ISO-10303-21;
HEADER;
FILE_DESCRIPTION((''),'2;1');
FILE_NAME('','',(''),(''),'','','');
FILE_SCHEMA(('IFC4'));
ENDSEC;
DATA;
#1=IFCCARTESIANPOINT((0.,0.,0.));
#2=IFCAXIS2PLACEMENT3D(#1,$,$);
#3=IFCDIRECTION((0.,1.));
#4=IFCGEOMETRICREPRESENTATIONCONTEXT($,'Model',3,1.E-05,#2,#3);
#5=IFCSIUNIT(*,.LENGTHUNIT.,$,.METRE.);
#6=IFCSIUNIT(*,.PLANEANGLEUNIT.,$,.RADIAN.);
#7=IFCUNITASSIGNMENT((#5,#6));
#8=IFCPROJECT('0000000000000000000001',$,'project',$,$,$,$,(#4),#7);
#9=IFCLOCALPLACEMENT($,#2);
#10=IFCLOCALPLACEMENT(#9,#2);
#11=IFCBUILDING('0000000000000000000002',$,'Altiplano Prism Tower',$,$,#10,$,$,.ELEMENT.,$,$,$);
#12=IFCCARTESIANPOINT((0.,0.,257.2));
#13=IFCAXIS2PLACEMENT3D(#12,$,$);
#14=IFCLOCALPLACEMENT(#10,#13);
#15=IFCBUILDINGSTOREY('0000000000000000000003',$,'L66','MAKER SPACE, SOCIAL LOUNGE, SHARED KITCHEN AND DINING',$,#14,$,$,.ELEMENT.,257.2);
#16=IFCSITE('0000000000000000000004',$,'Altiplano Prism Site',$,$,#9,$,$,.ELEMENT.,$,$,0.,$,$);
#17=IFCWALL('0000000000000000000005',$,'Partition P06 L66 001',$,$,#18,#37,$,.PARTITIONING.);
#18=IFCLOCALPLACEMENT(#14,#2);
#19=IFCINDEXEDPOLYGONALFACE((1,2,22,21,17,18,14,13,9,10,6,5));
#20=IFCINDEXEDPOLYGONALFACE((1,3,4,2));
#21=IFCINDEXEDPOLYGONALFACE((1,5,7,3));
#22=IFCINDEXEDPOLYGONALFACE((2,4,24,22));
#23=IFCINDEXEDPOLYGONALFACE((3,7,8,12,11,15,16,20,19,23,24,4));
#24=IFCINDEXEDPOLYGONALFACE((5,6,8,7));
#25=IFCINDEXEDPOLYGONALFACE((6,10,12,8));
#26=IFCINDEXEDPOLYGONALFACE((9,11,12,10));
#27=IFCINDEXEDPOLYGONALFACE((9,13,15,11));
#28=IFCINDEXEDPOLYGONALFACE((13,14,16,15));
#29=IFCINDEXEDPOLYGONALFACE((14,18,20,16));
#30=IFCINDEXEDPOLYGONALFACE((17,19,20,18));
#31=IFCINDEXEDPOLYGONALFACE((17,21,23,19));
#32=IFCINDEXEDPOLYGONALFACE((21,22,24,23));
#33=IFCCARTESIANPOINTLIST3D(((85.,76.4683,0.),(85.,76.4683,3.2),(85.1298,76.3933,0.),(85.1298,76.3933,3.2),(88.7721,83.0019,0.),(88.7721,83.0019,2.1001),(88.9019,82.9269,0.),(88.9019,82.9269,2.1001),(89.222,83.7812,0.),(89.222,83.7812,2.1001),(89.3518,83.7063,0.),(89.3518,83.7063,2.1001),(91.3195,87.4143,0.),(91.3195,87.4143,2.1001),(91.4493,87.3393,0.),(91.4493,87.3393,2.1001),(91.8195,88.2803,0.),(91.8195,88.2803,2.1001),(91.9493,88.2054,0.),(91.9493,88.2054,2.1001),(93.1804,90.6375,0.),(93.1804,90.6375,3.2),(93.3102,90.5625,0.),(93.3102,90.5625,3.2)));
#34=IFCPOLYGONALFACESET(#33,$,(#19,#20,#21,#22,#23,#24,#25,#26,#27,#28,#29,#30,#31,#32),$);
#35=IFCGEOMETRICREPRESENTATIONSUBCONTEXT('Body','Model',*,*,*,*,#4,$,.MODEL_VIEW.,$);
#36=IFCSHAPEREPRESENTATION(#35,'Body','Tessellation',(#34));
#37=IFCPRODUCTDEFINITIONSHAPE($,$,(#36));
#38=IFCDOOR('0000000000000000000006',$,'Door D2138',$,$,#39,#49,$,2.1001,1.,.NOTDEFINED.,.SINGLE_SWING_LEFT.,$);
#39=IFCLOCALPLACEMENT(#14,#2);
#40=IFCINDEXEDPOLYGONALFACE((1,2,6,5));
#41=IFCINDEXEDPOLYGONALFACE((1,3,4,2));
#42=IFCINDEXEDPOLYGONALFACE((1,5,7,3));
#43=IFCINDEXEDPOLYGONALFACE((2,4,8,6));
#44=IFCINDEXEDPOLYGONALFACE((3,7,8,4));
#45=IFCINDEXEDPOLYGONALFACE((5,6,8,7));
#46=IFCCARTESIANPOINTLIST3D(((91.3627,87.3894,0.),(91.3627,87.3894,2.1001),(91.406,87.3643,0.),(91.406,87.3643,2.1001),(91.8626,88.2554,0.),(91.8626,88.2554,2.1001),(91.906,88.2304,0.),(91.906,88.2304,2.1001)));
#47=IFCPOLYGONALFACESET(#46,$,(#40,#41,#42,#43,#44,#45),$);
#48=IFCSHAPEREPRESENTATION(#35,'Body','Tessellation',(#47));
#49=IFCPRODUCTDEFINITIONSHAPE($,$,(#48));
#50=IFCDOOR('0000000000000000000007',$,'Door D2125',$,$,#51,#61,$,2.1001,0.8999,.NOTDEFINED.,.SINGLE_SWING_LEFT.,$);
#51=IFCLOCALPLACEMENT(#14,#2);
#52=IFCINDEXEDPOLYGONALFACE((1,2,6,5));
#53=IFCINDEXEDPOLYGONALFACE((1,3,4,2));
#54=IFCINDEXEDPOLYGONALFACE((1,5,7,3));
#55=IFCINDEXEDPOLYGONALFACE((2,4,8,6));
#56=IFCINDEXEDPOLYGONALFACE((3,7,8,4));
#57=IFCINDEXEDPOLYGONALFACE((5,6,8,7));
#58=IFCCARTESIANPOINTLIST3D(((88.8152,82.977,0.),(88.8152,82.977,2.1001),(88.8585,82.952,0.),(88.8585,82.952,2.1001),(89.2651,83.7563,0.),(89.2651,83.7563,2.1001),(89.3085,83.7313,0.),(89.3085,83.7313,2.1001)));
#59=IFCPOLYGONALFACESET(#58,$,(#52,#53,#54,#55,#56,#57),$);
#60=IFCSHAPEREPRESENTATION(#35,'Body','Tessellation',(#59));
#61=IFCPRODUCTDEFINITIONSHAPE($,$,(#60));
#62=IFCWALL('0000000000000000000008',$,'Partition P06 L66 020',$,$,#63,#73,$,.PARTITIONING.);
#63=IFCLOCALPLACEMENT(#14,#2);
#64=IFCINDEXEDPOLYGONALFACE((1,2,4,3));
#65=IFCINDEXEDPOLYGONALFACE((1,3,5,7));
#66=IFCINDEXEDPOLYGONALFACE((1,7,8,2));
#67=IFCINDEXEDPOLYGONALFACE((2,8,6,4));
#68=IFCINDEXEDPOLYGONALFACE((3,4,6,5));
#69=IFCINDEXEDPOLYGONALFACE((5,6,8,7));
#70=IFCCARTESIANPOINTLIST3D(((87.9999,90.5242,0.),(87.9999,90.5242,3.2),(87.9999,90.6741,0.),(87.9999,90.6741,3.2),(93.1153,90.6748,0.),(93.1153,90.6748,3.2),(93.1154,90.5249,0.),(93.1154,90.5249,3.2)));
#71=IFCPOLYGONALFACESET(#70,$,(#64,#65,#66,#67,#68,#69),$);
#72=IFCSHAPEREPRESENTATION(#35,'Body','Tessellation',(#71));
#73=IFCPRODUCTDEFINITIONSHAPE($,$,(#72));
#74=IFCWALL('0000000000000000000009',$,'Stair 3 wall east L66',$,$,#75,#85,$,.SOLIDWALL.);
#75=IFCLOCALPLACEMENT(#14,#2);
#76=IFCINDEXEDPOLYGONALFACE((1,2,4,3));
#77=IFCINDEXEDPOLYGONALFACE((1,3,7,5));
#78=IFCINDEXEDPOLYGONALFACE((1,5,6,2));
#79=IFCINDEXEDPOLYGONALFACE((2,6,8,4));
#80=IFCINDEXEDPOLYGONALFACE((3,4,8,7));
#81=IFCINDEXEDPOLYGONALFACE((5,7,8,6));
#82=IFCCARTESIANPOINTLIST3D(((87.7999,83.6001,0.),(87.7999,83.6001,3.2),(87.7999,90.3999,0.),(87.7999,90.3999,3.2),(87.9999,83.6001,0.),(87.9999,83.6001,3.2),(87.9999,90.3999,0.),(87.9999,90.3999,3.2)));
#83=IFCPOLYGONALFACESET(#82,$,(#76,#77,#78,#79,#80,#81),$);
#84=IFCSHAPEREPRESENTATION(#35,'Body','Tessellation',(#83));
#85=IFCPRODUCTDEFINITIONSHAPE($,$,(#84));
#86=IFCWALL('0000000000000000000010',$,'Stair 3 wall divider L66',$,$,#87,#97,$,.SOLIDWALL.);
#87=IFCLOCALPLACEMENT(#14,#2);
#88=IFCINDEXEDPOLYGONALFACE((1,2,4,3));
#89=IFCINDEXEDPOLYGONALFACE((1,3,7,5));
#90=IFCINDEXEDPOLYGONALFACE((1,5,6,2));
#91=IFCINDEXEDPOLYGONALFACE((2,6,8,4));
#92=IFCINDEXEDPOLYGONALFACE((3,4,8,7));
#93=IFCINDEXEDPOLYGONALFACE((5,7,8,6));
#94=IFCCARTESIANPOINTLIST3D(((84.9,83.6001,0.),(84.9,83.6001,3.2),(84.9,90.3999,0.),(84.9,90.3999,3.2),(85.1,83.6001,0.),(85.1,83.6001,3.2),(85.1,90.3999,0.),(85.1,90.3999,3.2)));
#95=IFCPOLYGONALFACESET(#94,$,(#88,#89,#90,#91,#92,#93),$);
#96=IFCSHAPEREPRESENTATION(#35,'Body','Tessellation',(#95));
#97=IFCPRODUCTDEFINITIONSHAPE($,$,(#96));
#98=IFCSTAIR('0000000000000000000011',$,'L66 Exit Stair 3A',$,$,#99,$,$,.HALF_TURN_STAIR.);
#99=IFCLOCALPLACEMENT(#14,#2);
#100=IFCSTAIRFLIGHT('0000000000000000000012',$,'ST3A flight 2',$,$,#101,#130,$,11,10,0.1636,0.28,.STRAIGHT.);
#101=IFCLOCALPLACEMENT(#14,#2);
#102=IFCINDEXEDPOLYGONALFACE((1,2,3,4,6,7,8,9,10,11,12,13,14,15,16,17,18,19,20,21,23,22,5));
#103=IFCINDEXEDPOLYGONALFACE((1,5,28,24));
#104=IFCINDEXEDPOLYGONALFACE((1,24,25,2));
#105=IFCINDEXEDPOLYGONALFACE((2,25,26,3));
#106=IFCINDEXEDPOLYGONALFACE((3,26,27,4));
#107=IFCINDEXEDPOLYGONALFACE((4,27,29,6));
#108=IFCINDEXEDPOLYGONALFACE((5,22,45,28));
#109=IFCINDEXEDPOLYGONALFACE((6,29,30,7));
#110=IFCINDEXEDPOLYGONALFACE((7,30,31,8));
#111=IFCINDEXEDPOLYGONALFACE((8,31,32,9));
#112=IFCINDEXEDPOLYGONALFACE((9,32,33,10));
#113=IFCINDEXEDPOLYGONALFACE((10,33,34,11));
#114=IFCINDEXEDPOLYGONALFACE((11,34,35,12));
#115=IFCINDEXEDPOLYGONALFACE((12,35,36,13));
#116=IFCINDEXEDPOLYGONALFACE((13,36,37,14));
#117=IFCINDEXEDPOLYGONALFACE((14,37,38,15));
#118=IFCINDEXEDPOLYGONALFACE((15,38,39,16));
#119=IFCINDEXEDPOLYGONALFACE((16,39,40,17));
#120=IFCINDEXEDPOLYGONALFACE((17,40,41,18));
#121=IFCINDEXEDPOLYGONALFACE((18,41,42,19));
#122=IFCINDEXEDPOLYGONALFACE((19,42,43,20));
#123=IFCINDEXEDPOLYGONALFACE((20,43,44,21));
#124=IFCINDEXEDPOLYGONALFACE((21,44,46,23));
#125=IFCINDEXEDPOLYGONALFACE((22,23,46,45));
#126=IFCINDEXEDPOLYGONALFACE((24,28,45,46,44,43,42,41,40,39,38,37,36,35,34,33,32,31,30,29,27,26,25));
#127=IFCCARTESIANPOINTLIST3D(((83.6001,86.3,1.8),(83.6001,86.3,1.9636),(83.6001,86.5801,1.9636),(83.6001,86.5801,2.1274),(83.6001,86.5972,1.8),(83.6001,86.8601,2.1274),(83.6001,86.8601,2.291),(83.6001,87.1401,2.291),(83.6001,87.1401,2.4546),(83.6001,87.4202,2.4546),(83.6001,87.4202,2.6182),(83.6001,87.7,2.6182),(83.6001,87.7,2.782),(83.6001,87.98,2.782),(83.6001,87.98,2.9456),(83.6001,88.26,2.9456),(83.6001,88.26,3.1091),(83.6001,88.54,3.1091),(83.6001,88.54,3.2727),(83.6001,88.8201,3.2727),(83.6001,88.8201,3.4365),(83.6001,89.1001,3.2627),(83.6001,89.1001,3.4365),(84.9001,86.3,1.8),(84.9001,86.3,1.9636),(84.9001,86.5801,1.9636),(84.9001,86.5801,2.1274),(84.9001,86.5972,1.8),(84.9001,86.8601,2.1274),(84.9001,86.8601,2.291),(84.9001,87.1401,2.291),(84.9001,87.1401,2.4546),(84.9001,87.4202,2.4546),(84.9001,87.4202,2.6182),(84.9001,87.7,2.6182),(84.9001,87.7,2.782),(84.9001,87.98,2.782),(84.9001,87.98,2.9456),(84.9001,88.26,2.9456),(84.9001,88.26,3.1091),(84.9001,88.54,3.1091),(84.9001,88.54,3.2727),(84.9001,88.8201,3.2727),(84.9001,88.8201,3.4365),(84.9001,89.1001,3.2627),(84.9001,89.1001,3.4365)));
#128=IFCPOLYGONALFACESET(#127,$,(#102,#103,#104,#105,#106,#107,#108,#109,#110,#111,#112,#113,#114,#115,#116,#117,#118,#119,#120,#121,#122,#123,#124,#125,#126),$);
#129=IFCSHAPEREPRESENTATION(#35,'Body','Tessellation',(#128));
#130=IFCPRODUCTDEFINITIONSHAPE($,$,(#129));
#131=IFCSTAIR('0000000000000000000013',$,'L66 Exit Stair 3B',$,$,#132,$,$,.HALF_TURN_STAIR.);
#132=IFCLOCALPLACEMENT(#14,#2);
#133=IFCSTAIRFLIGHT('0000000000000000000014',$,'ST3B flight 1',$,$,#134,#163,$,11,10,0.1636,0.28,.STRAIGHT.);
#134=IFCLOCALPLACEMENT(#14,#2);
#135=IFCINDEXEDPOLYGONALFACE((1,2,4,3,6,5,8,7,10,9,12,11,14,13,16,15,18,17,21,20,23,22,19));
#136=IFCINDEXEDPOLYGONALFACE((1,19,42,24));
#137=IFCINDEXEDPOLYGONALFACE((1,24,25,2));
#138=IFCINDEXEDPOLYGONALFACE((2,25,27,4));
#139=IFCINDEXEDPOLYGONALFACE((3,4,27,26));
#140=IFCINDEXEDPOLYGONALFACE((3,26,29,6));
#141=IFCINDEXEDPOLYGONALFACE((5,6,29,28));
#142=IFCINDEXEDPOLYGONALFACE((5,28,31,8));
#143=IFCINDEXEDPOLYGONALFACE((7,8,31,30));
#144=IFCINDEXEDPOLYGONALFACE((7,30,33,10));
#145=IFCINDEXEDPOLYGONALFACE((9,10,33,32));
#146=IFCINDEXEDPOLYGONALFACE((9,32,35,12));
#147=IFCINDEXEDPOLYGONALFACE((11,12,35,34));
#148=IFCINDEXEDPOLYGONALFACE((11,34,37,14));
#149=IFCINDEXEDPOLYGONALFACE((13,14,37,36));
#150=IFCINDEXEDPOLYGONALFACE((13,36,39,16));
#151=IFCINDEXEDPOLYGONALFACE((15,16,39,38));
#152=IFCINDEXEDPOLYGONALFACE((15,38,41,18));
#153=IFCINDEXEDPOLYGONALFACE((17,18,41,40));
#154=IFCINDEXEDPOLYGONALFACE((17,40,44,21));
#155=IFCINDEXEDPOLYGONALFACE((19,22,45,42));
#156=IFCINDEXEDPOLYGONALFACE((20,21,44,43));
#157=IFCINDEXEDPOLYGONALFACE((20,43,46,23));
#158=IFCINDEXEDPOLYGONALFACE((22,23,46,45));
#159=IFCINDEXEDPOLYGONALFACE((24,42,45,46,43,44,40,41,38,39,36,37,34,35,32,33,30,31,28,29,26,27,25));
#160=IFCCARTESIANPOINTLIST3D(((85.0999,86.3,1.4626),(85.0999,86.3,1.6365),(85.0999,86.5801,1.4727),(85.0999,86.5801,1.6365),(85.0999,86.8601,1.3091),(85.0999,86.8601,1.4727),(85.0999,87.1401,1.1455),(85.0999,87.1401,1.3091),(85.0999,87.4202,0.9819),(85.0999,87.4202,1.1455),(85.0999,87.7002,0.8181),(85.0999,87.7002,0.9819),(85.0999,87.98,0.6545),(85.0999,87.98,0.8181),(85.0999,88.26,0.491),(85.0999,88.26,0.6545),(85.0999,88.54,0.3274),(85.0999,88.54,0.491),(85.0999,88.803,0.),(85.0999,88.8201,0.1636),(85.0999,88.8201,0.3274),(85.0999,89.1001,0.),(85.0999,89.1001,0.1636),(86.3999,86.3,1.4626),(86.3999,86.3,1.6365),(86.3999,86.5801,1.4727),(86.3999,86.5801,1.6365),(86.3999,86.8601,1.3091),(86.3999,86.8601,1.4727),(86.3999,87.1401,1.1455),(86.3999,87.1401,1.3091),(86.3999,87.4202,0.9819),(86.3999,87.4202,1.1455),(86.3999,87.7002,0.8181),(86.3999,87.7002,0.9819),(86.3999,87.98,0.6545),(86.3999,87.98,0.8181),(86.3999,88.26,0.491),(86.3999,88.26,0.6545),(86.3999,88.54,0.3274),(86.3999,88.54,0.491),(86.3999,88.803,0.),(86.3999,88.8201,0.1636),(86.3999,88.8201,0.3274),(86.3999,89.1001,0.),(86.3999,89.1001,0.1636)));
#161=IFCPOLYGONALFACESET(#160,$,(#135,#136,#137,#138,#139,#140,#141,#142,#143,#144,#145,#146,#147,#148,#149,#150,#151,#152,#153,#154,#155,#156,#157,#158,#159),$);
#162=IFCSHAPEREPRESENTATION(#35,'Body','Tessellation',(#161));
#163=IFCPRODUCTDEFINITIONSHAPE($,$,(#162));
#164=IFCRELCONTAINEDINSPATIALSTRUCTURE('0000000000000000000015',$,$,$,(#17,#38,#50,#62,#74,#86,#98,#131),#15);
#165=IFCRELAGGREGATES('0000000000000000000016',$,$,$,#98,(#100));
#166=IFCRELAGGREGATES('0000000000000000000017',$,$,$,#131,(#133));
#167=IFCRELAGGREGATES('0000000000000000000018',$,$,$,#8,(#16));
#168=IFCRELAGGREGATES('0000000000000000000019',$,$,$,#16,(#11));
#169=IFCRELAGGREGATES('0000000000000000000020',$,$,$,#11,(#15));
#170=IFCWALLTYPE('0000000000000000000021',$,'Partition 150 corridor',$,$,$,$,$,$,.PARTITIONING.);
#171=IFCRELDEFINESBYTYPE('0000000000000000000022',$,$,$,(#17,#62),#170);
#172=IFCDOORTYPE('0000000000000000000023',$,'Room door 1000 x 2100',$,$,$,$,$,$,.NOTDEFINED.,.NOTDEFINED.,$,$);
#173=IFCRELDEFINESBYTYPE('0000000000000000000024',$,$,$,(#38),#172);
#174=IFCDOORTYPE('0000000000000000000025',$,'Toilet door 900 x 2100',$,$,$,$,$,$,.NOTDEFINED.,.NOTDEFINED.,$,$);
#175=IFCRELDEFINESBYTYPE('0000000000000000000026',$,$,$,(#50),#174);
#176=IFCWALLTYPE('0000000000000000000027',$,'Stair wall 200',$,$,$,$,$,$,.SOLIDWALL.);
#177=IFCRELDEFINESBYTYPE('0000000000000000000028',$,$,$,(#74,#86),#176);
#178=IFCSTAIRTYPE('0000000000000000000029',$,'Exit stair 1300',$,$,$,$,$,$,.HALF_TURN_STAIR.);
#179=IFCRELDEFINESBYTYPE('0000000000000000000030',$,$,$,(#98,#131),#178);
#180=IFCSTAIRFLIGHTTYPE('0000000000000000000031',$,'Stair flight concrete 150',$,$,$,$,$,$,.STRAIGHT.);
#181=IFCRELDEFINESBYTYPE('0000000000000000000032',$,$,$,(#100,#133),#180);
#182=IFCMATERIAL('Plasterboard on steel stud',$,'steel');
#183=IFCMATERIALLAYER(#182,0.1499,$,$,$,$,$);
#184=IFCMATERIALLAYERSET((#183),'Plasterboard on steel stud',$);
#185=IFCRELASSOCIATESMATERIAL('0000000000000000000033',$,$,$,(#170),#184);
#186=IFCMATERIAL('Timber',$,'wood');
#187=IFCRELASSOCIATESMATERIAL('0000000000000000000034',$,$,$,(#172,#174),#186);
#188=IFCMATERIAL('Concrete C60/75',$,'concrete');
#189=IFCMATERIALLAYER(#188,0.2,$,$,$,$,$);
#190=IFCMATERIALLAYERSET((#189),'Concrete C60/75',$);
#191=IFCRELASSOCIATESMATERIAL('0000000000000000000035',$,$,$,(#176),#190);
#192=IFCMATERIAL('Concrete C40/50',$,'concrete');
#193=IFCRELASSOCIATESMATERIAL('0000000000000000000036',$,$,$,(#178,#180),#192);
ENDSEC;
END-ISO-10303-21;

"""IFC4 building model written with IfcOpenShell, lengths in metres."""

from ifc_helpers import new_model, si_unit, direction, frame, frame_2d, origin, place, context, subcontext, project, spatial, polyline, rectangle, outline, extrude, material, layer, layer_set, type_object, element, fill, aggregate, save


model = new_model("IFC4")

# Units and contexts
model_context = context("Model", 3, precision=1e-05, world=origin(), true_north=direction((0.0, 1.0)))
body_context = subcontext(model_context, "Body", "Model", "MODEL_VIEW")
ifc_project = project(units=[si_unit("LENGTHUNIT", "METRE"), si_unit("PLANEANGLEUNIT", "RADIAN")], contexts=[model_context])

# Site, building, storey
site_placement = place(None, origin())
site = spatial("IfcSite", under=ifc_project, at=site_placement, Name="Altiplano Prism Site", CompositionType="ELEMENT", RefElevation=0.0)
building_placement = place(site_placement, origin())
building = spatial("IfcBuilding", under=site, at=building_placement, Name="Altiplano Prism Tower", CompositionType="ELEMENT")
storey_placement = place(building_placement, frame((0.0, 0.0, 257.2)))
storey = spatial("IfcBuildingStorey", under=building, at=storey_placement, Name="L66", Description="MAKER SPACE, SOCIAL LOUNGE, SHARED KITCHEN AND DINING", CompositionType="ELEMENT", Elevation=257.2)

# Shared definitions
ifc_material_1 = material(Name="Concrete C60/75", Category="concrete")

# Shared definitions
ifc_material_2 = material(Name="Plasterboard on steel stud", Category="steel")

# Wall, openings, doors
ifc_layer_1 = layer(ifc_material_2, 0.1499)
ifc_layer_set_1 = layer_set([ifc_layer_1], Name="Plasterboard on steel stud")
wall_type_1 = type_object("IfcWallType", Name="Partition 150 corridor", PredefinedType="PARTITIONING", material=ifc_layer_set_1)
wall_1_placement = place(storey_placement, frame((93.2454, 90.6001, 0.0), z_axis=(0.0, 0.0, 1.0), x_axis=(-0.499992, -0.86603, 0.0)))
wall_1 = element("IfcWall", 1, at=wall_1_placement, inside=storey, type_object=wall_type_1, Name="Partition P06 L66 001", PredefinedType="PARTITIONING", context=body_context, shape_type="SweptSolid", body=[
    extrude(rectangle(XDim=16.3611, YDim=0.1499, at=frame_2d((8.1807, 0.0))), origin(), (0.0, 0.0, 1.0), 3.2),
])
opening_1_placement = place(wall_1_placement, frame((7.917, 0.0, 0.0)))
opening_1 = element("IfcOpeningElement", 2, at=opening_1_placement, cuts=wall_1, PredefinedType="OPENING", context=body_context, shape_type="SweptSolid", body=[
    extrude(rectangle(XDim=0.8999, YDim=2.1001, at=frame_2d((0.45, 1.05))), frame((0.0, 0.0854, 0.0), z_axis=(0.0, -1.0, 0.0), x_axis=(1.0, 0.0, 0.0)), (0.0, 0.0, 1.0), 0.1709),
])
opening_2_placement = place(wall_1_placement, frame((2.7219, 0.0, 0.0)))
opening_2 = element("IfcOpeningElement", 3, at=opening_2_placement, cuts=wall_1, PredefinedType="OPENING", context=body_context, shape_type="SweptSolid", body=[
    extrude(rectangle(XDim=1.0, YDim=2.1001, at=frame_2d((0.5, 1.05))), frame((0.0, 0.0854, 0.0), z_axis=(0.0, -1.0, 0.0), x_axis=(1.0, 0.0, 0.0)), (0.0, 0.0, 1.0), 0.1709),
])
ifc_material_3 = material(Name="Timber", Category="wood")
door_type_1 = type_object("IfcDoorType", Name="Room door 1000 x 2100", OperationType="NOTDEFINED", PredefinedType="NOTDEFINED", material=ifc_material_3)
door_1_placement = place(opening_2_placement, origin())
door_1 = element("IfcDoor", 4, at=door_1_placement, inside=storey, type_object=door_type_1, Name="Door D2138", OperationType="SINGLE_SWING_LEFT", OverallHeight=2.1001, OverallWidth=1.0, PredefinedType="NOTDEFINED", context=body_context, shape_type="SweptSolid", body=[
    extrude(rectangle(XDim=1.0, YDim=2.1001, at=frame_2d((0.5, 1.05))), frame((0.0, 0.0249, 0.0), z_axis=(0.0, -1.0, 0.0), x_axis=(1.0, 0.0, 0.0)), (0.0, 0.0, 1.0), 0.05),
])
fill(opening_2, door_1)
door_type_2 = type_object("IfcDoorType", Name="Toilet door 900 x 2100", OperationType="NOTDEFINED", PredefinedType="NOTDEFINED", material=ifc_material_3)
door_2_placement = place(opening_1_placement, origin())
door_2 = element("IfcDoor", 5, at=door_2_placement, inside=storey, type_object=door_type_2, Name="Door D2125", OperationType="SINGLE_SWING_LEFT", OverallHeight=2.1001, OverallWidth=0.8999, PredefinedType="NOTDEFINED", context=body_context, shape_type="SweptSolid", body=[
    extrude(rectangle(XDim=0.8999, YDim=2.1001, at=frame_2d((0.45, 1.05))), frame((0.0, 0.0249, 0.0), z_axis=(0.0, -1.0, 0.0), x_axis=(1.0, 0.0, 0.0)), (0.0, 0.0, 1.0), 0.05),
])
fill(opening_1, door_2)

# Walls
wall_2_placement = place(storey_placement, frame((88.0, 90.5991, 0.0), z_axis=(0.0, 0.0, 1.0), x_axis=(1.0, 0.000143, 0.0)))
element("IfcWall", 6, at=wall_2_placement, inside=storey, type_object=wall_type_1, Name="Partition P06 L66 020", PredefinedType="PARTITIONING", context=body_context, shape_type="SweptSolid", body=[
    extrude(rectangle(XDim=5.1155, YDim=0.1499, at=frame_2d((2.5576, 0.0))), origin(), (0.0, 0.0, 1.0), 3.2),
])
ifc_layer_2 = layer(ifc_material_1, 0.2)
ifc_layer_set_2 = layer_set([ifc_layer_2], Name="Concrete C60/75")
wall_type_2 = type_object("IfcWallType", Name="Stair wall 200", PredefinedType="SOLIDWALL", material=ifc_layer_set_2)
for number, where, z_axis, x_axis, name in (
    (7, (87.8999, 83.6001, 0.0), (0.0, 0.0, 1.0), (0.0, 1.0, 0.0), "Stair 3 wall east L66"),
    (8, (85.0, 83.6001, 0.0), (0.0, 0.0, 1.0), (0.0, 1.0, 0.0), "Stair 3 wall divider L66"),
):
    element("IfcWall", number, at=place(storey_placement, frame(where, z_axis=z_axis, x_axis=x_axis)), inside=storey, type_object=wall_type_2, Name=name, PredefinedType="SOLIDWALL", context=body_context, shape_type="SweptSolid", body=[
        extrude(rectangle(XDim=6.7998, YDim=0.2, at=frame_2d((3.3999, 0.0))), origin(), (0.0, 0.0, 1.0), 3.2),
    ])

# Stair, stair flight
ifc_material_4 = material(Name="Concrete C40/50", Category="concrete")
stair_type = type_object("IfcStairType", Name="Exit stair 1300", PredefinedType="HALF_TURN_STAIR", material=ifc_material_4)
stair_1_placement = place(storey_placement, origin())
stair_1 = element("IfcStair", 9, at=stair_1_placement, inside=storey, type_object=stair_type, Name="L66 Exit Stair 3A", PredefinedType="HALF_TURN_STAIR")
stair_flight_type = type_object("IfcStairFlightType", Name="Stair flight concrete 150", PredefinedType="STRAIGHT", material=ifc_material_4)
stair_flight_1_placement = place(storey_placement, frame((84.25, 86.3, 1.8), z_axis=(0.0, 0.0, 1.0), x_axis=(0.0, 1.0, 0.0)))
stair_flight_1 = element("IfcStairFlight", 10, at=stair_flight_1_placement, type_object=stair_flight_type, Name="ST3A flight 2", NumberOfRisers=11, NumberOfTreads=10, PredefinedType="STRAIGHT", RiserHeight=0.1636, TreadLength=0.28, context=body_context, shape_type="SweptSolid", body=[
    extrude(outline(polyline([(0.0, 0.0), (0.0, 0.1636), (0.28, 0.1636), (0.28, 0.3274), (0.5601, 0.3274), (0.5601, 0.491), (0.8401, 0.491), (0.8401, 0.6545), (1.1201, 0.6545), (1.1201, 0.8181), (1.3999, 0.8181), (1.3999, 0.9819), (1.6799, 0.9819), (1.6799, 1.1455), (1.96, 1.1455), (1.96, 1.3091), (2.24, 1.3091), (2.24, 1.4727), (2.52, 1.4727), (2.52, 1.6365), (2.8, 1.6365), (2.8, 1.8), (2.8, 1.4626), (0.2971, 0.0), (0.0, 0.0)])), frame((0.0, 0.6499, 0.0), z_axis=(0.0, -1.0, 0.0), x_axis=(1.0, 0.0, 0.0)), (0.0, 0.0, 1.0), 1.3),
])
aggregate(stair_1, [stair_flight_1])

# Stair, stair flight
stair_2_placement = place(storey_placement, origin())
stair_2 = element("IfcStair", 11, at=stair_2_placement, inside=storey, type_object=stair_type, Name="L66 Exit Stair 3B", PredefinedType="HALF_TURN_STAIR")
stair_flight_2_placement = place(storey_placement, frame((85.75, 89.1001, 0.0), z_axis=(0.0, 0.0, 1.0), x_axis=(0.0, -1.0, 0.0)))
stair_flight_2 = element("IfcStairFlight", 12, at=stair_flight_2_placement, type_object=stair_flight_type, Name="ST3B flight 1", NumberOfRisers=11, NumberOfTreads=10, PredefinedType="STRAIGHT", RiserHeight=0.1636, TreadLength=0.28, context=body_context, shape_type="SweptSolid", body=[
    extrude(outline(polyline([(0.0, 0.0), (0.0, 0.1636), (0.28, 0.1636), (0.28, 0.3274), (0.5601, 0.3274), (0.5601, 0.491), (0.8401, 0.491), (0.8401, 0.6545), (1.1201, 0.6545), (1.1201, 0.8181), (1.3999, 0.8181), (1.3999, 0.9819), (1.6799, 0.9819), (1.6799, 1.1455), (1.96, 1.1455), (1.96, 1.3091), (2.24, 1.3091), (2.24, 1.4727), (2.52, 1.4727), (2.52, 1.6365), (2.8, 1.6365), (2.8, 1.8), (2.8, 1.4626), (0.2971, 0.0), (0.0, 0.0)])), frame((0.0, 0.6499, 0.0), z_axis=(0.0, -1.0, 0.0), x_axis=(1.0, 0.0, 0.0)), (0.0, 0.0, 1.0), 1.3),
])
aggregate(stair_2, [stair_flight_2])

save(model, "model.ifc")
